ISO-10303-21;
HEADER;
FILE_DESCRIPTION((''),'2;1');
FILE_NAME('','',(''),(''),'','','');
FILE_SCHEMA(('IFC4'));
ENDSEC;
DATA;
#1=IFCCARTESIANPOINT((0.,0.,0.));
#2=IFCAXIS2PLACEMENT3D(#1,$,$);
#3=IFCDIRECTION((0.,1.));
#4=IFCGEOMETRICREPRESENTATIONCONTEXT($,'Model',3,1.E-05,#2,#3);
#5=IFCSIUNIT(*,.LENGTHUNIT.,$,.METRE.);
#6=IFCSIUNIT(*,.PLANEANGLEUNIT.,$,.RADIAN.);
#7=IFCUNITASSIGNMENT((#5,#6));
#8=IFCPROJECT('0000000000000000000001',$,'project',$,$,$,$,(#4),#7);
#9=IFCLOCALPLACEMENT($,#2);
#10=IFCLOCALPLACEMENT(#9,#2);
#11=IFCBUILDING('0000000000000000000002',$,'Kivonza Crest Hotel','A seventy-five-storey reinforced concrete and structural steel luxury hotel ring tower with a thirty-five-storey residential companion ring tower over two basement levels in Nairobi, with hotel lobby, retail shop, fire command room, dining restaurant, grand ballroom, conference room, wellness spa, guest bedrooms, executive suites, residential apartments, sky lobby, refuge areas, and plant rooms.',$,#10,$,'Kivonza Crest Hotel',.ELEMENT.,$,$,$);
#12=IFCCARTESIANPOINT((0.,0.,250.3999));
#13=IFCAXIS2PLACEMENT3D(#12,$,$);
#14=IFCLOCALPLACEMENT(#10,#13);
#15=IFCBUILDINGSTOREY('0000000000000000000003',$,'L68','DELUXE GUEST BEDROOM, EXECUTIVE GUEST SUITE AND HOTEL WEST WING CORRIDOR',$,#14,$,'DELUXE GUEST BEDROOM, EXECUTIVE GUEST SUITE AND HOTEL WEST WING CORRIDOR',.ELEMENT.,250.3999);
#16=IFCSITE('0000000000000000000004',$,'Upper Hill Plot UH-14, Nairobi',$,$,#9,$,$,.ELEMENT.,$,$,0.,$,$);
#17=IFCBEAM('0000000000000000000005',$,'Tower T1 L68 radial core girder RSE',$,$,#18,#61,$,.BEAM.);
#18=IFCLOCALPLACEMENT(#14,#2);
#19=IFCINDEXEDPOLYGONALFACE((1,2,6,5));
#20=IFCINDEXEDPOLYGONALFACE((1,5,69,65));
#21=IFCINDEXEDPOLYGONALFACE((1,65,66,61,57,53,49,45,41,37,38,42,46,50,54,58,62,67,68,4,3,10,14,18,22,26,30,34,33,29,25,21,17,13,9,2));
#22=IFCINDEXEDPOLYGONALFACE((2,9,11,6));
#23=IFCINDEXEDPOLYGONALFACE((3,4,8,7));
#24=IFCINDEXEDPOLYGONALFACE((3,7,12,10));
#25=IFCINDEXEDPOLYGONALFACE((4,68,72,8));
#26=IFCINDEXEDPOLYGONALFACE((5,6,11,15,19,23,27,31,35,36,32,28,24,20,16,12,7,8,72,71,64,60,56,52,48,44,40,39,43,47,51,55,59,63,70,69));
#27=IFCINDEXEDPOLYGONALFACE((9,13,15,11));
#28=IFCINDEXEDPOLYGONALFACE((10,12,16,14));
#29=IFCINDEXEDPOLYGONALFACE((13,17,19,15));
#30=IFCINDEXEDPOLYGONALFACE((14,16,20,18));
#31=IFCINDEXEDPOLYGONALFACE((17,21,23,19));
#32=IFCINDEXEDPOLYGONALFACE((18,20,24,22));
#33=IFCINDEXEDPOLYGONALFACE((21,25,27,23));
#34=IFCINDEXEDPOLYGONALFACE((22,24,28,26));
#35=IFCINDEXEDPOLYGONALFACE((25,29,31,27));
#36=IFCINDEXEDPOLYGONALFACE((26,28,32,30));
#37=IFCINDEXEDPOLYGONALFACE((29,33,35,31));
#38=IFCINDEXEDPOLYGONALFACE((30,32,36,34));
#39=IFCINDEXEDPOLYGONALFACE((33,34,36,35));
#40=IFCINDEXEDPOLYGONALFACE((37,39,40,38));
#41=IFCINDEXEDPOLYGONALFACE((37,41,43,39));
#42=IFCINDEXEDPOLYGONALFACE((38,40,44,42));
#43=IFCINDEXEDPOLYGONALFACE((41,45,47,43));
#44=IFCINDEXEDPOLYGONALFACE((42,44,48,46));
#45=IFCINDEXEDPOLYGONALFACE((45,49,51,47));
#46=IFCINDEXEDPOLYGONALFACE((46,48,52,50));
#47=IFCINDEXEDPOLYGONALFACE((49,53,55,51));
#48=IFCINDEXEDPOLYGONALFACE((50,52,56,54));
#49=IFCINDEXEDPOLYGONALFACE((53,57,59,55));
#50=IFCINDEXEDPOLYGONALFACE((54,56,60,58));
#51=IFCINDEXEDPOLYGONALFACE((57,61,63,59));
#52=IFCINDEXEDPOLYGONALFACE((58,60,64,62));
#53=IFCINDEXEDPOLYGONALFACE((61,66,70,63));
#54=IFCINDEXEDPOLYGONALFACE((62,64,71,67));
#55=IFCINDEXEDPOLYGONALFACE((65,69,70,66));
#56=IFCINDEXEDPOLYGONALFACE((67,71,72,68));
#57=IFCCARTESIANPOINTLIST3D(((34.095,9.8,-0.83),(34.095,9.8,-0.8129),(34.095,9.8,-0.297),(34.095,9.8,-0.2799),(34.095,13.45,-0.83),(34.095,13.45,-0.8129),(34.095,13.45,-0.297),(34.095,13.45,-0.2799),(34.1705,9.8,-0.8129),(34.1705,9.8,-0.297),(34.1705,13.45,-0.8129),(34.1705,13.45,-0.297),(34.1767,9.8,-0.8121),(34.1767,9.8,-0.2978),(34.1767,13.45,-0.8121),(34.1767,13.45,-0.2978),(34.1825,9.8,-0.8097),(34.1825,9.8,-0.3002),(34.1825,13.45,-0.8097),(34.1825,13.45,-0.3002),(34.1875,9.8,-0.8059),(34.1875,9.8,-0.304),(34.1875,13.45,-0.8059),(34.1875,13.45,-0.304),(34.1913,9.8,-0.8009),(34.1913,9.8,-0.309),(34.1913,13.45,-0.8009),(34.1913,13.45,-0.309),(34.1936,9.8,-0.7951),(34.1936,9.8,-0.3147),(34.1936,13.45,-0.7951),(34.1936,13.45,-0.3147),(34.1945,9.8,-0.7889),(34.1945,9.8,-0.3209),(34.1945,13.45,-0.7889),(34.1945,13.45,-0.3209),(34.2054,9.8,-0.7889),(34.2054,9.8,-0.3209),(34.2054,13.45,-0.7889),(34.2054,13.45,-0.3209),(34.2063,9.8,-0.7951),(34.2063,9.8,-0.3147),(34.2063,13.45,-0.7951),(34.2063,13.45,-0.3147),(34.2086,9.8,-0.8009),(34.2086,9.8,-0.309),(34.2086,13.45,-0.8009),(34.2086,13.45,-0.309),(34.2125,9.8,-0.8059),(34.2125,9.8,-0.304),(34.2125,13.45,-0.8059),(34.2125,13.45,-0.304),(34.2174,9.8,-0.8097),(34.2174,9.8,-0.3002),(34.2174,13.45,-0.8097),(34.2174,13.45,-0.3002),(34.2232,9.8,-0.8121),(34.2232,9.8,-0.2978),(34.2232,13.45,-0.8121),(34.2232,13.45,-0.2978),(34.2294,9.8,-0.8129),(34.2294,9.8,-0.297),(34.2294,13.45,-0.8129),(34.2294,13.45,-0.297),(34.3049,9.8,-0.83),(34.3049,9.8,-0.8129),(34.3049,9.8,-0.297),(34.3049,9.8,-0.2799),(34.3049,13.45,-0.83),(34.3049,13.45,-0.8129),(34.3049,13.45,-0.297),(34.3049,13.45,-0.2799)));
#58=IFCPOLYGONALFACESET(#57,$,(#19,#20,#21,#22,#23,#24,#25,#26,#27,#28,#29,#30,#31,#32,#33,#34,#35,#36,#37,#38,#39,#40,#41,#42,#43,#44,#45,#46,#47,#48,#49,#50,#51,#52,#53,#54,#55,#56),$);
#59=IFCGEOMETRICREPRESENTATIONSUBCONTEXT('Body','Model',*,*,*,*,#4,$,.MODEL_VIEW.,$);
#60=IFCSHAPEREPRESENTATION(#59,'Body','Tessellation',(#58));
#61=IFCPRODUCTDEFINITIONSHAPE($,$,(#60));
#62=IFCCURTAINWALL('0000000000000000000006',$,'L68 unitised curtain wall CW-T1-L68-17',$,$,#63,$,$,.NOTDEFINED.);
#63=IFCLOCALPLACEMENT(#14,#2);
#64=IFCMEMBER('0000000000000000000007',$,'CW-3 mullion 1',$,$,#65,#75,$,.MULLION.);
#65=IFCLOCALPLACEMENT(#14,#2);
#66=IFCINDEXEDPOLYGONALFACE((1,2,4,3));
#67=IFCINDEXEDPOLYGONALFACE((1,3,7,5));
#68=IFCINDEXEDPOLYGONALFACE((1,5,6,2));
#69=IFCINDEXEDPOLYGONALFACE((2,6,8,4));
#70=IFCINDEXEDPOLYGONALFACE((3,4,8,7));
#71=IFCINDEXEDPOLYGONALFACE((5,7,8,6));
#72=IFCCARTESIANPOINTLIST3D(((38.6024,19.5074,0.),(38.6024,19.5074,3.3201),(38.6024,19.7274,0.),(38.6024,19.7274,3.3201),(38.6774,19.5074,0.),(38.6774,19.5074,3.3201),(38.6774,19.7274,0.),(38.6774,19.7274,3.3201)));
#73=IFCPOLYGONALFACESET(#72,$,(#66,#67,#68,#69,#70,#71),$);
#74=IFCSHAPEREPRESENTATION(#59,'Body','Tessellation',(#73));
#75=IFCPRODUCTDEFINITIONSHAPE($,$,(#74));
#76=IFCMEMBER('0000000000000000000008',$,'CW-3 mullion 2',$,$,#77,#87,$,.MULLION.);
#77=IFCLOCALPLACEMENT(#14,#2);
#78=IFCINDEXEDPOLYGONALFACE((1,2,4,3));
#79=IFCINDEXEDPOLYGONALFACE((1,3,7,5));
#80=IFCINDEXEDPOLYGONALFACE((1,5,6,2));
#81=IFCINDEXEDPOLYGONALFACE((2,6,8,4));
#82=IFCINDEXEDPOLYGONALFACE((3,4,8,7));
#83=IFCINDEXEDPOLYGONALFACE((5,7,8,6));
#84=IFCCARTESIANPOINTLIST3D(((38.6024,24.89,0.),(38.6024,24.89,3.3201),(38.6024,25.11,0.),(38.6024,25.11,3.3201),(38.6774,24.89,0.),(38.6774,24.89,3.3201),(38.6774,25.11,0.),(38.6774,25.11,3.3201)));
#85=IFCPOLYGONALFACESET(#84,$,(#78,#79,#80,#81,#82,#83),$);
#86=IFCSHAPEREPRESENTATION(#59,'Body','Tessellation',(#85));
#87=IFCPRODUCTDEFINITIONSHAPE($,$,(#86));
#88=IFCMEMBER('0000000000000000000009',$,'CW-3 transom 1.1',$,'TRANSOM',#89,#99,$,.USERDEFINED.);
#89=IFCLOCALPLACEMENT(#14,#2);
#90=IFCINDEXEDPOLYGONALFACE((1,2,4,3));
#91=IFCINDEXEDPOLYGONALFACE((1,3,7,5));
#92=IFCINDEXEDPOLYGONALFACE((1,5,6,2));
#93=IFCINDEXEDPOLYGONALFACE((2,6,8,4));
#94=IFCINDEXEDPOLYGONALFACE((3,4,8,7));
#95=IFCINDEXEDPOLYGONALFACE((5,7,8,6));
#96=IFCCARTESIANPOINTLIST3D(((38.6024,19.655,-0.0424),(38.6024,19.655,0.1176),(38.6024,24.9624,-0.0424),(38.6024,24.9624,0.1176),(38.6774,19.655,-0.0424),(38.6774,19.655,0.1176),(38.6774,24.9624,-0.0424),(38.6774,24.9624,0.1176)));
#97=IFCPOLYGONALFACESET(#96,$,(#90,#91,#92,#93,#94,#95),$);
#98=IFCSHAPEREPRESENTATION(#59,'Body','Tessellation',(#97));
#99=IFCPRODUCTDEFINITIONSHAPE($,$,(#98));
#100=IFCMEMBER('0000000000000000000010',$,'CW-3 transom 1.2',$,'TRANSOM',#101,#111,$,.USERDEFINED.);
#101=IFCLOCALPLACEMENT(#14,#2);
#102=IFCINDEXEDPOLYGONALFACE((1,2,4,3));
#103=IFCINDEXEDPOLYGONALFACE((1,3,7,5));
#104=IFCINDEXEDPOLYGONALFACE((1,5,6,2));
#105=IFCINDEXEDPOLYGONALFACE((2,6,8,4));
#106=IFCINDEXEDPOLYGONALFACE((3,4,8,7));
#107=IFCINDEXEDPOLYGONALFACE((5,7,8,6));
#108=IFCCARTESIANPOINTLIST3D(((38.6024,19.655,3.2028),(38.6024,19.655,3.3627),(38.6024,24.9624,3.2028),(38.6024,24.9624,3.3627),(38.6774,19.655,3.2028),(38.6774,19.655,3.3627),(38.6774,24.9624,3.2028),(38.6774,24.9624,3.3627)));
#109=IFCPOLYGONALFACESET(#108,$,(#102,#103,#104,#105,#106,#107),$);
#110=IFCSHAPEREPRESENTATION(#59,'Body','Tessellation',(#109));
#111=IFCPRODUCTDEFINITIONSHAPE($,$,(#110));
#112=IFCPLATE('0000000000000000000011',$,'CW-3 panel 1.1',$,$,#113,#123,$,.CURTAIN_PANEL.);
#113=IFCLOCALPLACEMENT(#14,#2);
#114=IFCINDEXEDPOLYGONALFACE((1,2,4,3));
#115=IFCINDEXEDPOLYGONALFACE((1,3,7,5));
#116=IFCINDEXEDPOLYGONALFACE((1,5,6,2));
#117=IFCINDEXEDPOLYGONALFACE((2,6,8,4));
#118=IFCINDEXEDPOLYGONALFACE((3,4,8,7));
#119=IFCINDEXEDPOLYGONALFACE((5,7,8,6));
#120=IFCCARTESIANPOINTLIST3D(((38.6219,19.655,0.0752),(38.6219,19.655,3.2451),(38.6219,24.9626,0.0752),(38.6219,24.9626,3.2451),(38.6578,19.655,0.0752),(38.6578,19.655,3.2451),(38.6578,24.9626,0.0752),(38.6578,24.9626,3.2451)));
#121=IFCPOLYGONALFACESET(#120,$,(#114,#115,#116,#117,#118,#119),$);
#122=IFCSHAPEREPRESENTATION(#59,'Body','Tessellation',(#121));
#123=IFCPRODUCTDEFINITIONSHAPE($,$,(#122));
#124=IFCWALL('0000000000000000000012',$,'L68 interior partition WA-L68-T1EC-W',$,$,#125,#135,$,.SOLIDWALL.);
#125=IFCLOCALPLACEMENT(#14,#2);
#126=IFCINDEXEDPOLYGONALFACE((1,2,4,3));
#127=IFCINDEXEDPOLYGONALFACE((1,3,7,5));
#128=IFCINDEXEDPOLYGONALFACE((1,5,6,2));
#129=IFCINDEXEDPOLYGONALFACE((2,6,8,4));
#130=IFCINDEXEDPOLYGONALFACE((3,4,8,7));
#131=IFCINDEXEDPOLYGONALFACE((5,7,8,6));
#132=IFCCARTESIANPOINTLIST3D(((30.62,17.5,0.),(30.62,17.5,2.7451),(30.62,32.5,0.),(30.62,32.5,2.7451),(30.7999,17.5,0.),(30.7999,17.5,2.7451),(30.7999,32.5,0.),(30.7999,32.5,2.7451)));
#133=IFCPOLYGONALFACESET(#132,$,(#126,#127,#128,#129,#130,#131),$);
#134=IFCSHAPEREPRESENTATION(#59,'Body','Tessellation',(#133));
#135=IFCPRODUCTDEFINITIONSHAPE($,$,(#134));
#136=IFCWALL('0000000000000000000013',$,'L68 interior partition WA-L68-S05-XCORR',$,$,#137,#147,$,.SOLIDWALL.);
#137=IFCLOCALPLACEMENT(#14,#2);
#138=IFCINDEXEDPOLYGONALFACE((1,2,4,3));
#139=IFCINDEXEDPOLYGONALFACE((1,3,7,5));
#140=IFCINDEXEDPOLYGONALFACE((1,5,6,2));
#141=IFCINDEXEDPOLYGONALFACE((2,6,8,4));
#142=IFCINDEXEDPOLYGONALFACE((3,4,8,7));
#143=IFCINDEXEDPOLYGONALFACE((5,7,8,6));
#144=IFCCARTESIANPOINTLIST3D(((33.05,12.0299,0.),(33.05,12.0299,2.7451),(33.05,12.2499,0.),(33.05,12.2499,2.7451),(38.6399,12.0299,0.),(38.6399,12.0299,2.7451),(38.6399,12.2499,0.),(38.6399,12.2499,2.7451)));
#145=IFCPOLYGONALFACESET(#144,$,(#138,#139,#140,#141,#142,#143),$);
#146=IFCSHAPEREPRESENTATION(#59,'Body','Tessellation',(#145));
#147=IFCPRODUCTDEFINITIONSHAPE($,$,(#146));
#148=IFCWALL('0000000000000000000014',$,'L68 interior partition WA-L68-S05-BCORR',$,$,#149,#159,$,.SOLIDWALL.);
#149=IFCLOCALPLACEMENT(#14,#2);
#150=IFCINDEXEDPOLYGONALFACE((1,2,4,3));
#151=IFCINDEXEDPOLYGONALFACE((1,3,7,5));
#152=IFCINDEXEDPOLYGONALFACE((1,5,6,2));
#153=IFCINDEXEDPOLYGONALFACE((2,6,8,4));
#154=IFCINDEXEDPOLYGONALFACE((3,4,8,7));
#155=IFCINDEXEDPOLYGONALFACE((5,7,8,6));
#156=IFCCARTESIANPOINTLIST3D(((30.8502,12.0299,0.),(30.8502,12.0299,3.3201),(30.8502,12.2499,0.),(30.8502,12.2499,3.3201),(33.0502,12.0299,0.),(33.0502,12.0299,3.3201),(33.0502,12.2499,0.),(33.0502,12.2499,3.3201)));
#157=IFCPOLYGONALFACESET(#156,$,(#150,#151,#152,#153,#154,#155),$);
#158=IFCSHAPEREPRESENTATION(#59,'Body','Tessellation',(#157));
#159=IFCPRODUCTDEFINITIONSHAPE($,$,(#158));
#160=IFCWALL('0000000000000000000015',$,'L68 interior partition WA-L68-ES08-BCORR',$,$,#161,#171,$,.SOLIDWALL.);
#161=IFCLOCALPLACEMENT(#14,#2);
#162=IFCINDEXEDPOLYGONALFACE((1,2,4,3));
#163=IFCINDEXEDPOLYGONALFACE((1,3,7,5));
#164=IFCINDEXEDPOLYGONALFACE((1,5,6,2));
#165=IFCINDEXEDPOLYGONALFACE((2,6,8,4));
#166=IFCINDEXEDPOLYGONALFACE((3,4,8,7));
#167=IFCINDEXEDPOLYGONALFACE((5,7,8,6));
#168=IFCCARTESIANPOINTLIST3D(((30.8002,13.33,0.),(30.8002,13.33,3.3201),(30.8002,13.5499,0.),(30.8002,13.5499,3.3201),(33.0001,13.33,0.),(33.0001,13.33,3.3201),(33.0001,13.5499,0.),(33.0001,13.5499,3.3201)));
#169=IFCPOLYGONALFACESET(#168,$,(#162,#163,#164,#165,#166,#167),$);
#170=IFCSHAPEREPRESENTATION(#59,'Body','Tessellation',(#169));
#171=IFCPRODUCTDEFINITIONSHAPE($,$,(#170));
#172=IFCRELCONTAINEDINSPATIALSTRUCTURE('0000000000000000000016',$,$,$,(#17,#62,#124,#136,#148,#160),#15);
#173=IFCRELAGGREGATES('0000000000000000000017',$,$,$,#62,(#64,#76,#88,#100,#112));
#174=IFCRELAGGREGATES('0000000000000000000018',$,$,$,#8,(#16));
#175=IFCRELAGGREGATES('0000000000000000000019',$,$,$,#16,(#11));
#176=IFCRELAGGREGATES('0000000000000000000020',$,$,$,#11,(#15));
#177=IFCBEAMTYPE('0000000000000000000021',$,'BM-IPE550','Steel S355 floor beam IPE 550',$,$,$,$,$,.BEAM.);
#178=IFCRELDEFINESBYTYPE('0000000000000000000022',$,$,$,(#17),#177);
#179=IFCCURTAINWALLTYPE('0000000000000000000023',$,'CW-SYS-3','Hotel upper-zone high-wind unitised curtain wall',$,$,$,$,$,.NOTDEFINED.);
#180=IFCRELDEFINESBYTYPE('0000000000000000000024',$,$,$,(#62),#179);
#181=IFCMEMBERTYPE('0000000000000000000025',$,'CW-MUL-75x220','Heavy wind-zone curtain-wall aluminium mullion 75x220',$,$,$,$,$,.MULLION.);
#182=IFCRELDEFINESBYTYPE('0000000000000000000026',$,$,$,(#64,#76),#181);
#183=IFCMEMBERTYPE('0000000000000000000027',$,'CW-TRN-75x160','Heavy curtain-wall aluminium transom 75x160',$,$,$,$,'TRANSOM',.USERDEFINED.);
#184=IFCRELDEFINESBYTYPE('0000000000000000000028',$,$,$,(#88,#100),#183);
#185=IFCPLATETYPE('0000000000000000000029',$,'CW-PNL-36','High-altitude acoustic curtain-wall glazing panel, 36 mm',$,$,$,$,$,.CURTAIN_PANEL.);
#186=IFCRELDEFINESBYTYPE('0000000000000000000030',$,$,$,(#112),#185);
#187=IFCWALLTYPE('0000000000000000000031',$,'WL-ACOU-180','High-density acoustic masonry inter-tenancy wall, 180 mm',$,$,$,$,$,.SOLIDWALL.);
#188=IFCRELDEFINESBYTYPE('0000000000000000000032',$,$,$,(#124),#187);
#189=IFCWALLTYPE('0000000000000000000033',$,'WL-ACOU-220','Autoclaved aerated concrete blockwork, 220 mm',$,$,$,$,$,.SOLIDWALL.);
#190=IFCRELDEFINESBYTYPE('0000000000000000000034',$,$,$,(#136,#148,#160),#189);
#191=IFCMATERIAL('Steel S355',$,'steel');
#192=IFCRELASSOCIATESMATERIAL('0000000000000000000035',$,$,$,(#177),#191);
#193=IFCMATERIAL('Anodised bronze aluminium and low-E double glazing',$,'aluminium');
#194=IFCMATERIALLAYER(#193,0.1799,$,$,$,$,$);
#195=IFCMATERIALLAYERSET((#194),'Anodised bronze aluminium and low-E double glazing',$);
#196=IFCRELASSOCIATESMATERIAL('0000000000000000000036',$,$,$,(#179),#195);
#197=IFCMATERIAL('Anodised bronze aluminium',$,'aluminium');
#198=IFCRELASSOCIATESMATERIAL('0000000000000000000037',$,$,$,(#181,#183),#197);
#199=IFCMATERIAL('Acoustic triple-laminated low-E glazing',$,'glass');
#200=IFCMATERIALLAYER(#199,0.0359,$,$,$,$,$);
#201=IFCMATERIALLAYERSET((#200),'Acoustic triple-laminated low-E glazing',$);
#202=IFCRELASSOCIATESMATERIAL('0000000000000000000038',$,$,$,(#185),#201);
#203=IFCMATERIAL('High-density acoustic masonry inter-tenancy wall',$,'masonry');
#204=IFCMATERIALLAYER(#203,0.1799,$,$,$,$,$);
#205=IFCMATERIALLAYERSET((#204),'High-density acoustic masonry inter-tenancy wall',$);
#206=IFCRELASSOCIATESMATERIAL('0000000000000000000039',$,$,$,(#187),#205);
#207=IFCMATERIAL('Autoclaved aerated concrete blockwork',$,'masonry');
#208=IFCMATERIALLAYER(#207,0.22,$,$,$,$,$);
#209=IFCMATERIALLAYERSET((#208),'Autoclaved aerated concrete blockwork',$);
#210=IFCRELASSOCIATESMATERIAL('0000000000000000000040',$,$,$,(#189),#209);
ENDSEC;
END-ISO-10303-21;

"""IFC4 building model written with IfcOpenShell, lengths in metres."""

from ifc_helpers import new_model, si_unit, direction, frame, frame_2d, origin, origin_2d, place, context, subcontext, project, spatial, rectangle, i_section, extrude, material, layer, layer_set, material_profile, profile_set, type_object, element, aggregate, save


model = new_model("IFC4")

# Units and contexts
model_context = context("Model", 3, precision=1e-05, world=origin(), true_north=direction((0.0, 1.0)))
body_context = subcontext(model_context, "Body", "Model", "MODEL_VIEW")
ifc_project = project(units=[si_unit("LENGTHUNIT", "METRE"), si_unit("PLANEANGLEUNIT", "RADIAN")], contexts=[model_context])

# Site, building, storey
site_placement = place(None, origin())
site = spatial("IfcSite", under=ifc_project, at=site_placement, Name="Upper Hill Plot UH-14, Nairobi", CompositionType="ELEMENT", RefElevation=0.0)
building_placement = place(site_placement, origin())
building = spatial("IfcBuilding", under=site, at=building_placement, Name="Kivonza Crest Hotel", Description="A seventy-five-storey reinforced concrete and structural steel luxury hotel ring tower with a thirty-five-storey residential companion ring tower over two basement levels in Nairobi, with hotel lobby, retail shop, fire command room, dining restaurant, grand ballroom, conference room, wellness spa, guest bedrooms, executive suites, residential apartments, sky lobby, refuge areas, and plant rooms.", LongName="Kivonza Crest Hotel", CompositionType="ELEMENT")
storey_placement = place(building_placement, frame((0.0, 0.0, 250.3999)))
storey = spatial("IfcBuildingStorey", under=building, at=storey_placement, Name="L68", Description="DELUXE GUEST BEDROOM, EXECUTIVE GUEST SUITE AND HOTEL WEST WING CORRIDOR", LongName="DELUXE GUEST BEDROOM, EXECUTIVE GUEST SUITE AND HOTEL WEST WING CORRIDOR", CompositionType="ELEMENT", Elevation=250.3999)

# Beam
ifc_material_1 = material(Name="Steel S355", Category="steel")
ifc_material_profile_1 = material_profile(ifc_material_1, i_section(OverallWidth=0.21, OverallDepth=0.55, WebThickness=0.011, FlangeThickness=0.0171, FilletRadius=0.0239, at=origin_2d()), Name="IPE 550")
ifc_profile_set_1 = profile_set([ifc_material_profile_1], Name="Steel S355")
beam_type_1 = type_object("IfcBeamType", Name="BM-IPE550", Description="Steel S355 floor beam IPE 550", PredefinedType="BEAM", material=ifc_profile_set_1)
beam_1_placement = place(storey_placement, frame((34.2, 9.8, -0.5549), z_axis=(0.0, 1.0, 0.0), x_axis=(-1.0, 0.0, 0.0)))
element("IfcBeam", 1, at=beam_1_placement, inside=storey, type_object=beam_type_1, Name="Tower T1 L68 radial core girder RSE", PredefinedType="BEAM", context=body_context, shape_type="SweptSolid", body=[
    extrude(i_section(OverallWidth=0.21, OverallDepth=0.55, WebThickness=0.011, FlangeThickness=0.0171, FilletRadius=0.0239, at=origin_2d()), origin(), (0.0, 0.0, 1.0), 3.6499),
])

# Curtain wall, members, plate
ifc_material_2 = material(Name="Anodised bronze aluminium and low-E double glazing", Category="aluminium")
ifc_layer_1 = layer(ifc_material_2, 0.1799)
ifc_layer_set_1 = layer_set([ifc_layer_1], Name="Anodised bronze aluminium and low-E double glazing")
curtain_wall_type = type_object("IfcCurtainWallType", Name="CW-SYS-3", Description="Hotel upper-zone high-wind unitised curtain wall", PredefinedType="NOTDEFINED", material=ifc_layer_set_1)
curtain_wall_placement = place(storey_placement, origin())
curtain_wall = element("IfcCurtainWall", 2, at=curtain_wall_placement, inside=storey, type_object=curtain_wall_type, Name="L68 unitised curtain wall CW-T1-L68-17", PredefinedType="NOTDEFINED")
ifc_material_3 = material(Name="Anodised bronze aluminium", Category="aluminium")
ifc_material_profile_2 = material_profile(ifc_material_3, rectangle(XDim=0.075, YDim=0.22, at=origin_2d()), Name="CW-M 75x220")
ifc_profile_set_2 = profile_set([ifc_material_profile_2], Name="Anodised bronze aluminium")
member_type_1 = type_object("IfcMemberType", Name="CW-MUL-75x220", Description="Heavy wind-zone curtain-wall aluminium mullion 75x220", PredefinedType="MULLION", material=ifc_profile_set_2)
member_1_placement = place(storey_placement, frame((38.6399, 19.6174, 0.0), z_axis=(0.0, 0.0, 1.0), x_axis=(-1.0, 0.0, 0.0)))
member_1 = element("IfcMember", 3, at=member_1_placement, type_object=member_type_1, Name="CW-3 mullion 1", PredefinedType="MULLION", context=body_context, shape_type="SweptSolid", body=[
    extrude(rectangle(XDim=0.075, YDim=0.22, at=origin_2d()), origin(), (0.0, 0.0, 1.0), 3.3201),
])
member_2_placement = place(storey_placement, frame((38.6399, 25.0, 0.0), z_axis=(0.0, 0.0, 1.0), x_axis=(-1.0, 0.0, 0.0)))
member_2 = element("IfcMember", 4, at=member_2_placement, type_object=member_type_1, Name="CW-3 mullion 2", PredefinedType="MULLION", context=body_context, shape_type="SweptSolid", body=[
    extrude(rectangle(XDim=0.075, YDim=0.22, at=origin_2d()), origin(), (0.0, 0.0, 1.0), 3.3201),
])
ifc_material_profile_3 = material_profile(ifc_material_3, rectangle(XDim=0.075, YDim=0.1599, at=origin_2d()), Name="CW-T 75x160")
ifc_profile_set_3 = profile_set([ifc_material_profile_3], Name="Anodised bronze aluminium")
member_type_2 = type_object("IfcMemberType", Name="CW-TRN-75x160", Description="Heavy curtain-wall aluminium transom 75x160", ElementType="TRANSOM", PredefinedType="USERDEFINED", material=ifc_profile_set_3)
member_3_placement = place(storey_placement, frame((38.6399, 19.655, 0.0376), z_axis=(0.0, 1.0, 0.0), x_axis=(-1.0, 0.0, 0.0)))
member_3 = element("IfcMember", 5, at=member_3_placement, type_object=member_type_2, Name="CW-3 transom 1.1", ObjectType="TRANSOM", PredefinedType="USERDEFINED", context=body_context, shape_type="SweptSolid", body=[
    extrude(rectangle(XDim=0.075, YDim=0.1599, at=origin_2d()), origin(), (0.0, 0.0, 1.0), 5.3074),
])
member_4_placement = place(storey_placement, frame((38.6399, 19.655, 3.2827), z_axis=(0.0, 1.0, 0.0), x_axis=(-1.0, 0.0, 0.0)))
member_4 = element("IfcMember", 6, at=member_4_placement, type_object=member_type_2, Name="CW-3 transom 1.2", ObjectType="TRANSOM", PredefinedType="USERDEFINED", context=body_context, shape_type="SweptSolid", body=[
    extrude(rectangle(XDim=0.075, YDim=0.1599, at=origin_2d()), origin(), (0.0, 0.0, 1.0), 5.3074),
])
ifc_material_4 = material(Name="Acoustic triple-laminated low-E glazing", Category="glass")
ifc_layer_2 = layer(ifc_material_4, 0.0359)
ifc_layer_set_2 = layer_set([ifc_layer_2], Name="Acoustic triple-laminated low-E glazing")
plate_type = type_object("IfcPlateType", Name="CW-PNL-36", Description="High-altitude acoustic curtain-wall glazing panel, 36 mm", PredefinedType="CURTAIN_PANEL", material=ifc_layer_set_2)
plate_placement = place(storey_placement, frame((38.6399, 22.3088, 0.0752), z_axis=(0.0, 0.0, 1.0), x_axis=(0.0, 1.0, 0.0)))
plate = element("IfcPlate", 7, at=plate_placement, type_object=plate_type, Name="CW-3 panel 1.1", PredefinedType="CURTAIN_PANEL", context=body_context, shape_type="SweptSolid", body=[
    extrude(rectangle(XDim=5.3076, YDim=0.0359, at=origin_2d()), origin(), (0.0, 0.0, 1.0), 3.1699),
])
aggregate(curtain_wall, [member_1, member_2, member_3, member_4, plate])

# Walls
ifc_material_5 = material(Name="High-density acoustic masonry inter-tenancy wall", Category="masonry")
ifc_layer_3 = layer(ifc_material_5, 0.1799)
ifc_layer_set_3 = layer_set([ifc_layer_3], Name="High-density acoustic masonry inter-tenancy wall")
wall_type_1 = type_object("IfcWallType", Name="WL-ACOU-180", Description="High-density acoustic masonry inter-tenancy wall, 180 mm", PredefinedType="SOLIDWALL", material=ifc_layer_set_3)
wall_1_placement = place(storey_placement, frame((30.71, 17.5, 0.0), z_axis=(0.0, 0.0, 1.0), x_axis=(0.0, 1.0, 0.0)))
element("IfcWall", 8, at=wall_1_placement, inside=storey, type_object=wall_type_1, Name="L68 interior partition WA-L68-T1EC-W", PredefinedType="SOLIDWALL", context=body_context, shape_type="SweptSolid", body=[
    extrude(rectangle(XDim=15.0, YDim=0.1799, at=frame_2d((7.5, 0.0))), origin(), (0.0, 0.0, 1.0), 2.7451),
])
ifc_material_6 = material(Name="Autoclaved aerated concrete blockwork", Category="masonry")
ifc_layer_4 = layer(ifc_material_6, 0.22)
ifc_layer_set_4 = layer_set([ifc_layer_4], Name="Autoclaved aerated concrete blockwork")
wall_type_2 = type_object("IfcWallType", Name="WL-ACOU-220", Description="Autoclaved aerated concrete blockwork, 220 mm", PredefinedType="SOLIDWALL", material=ifc_layer_set_4)
wall_2_placement = place(storey_placement, frame((33.05, 12.1399, 0.0), z_axis=(0.0, 0.0, 1.0), x_axis=(1.0, 0.0, 0.0)))
element("IfcWall", 9, at=wall_2_placement, inside=storey, type_object=wall_type_2, Name="L68 interior partition WA-L68-S05-XCORR", PredefinedType="SOLIDWALL", context=body_context, shape_type="SweptSolid", body=[
    extrude(rectangle(XDim=5.5898, YDim=0.22, at=frame_2d((2.7949, 0.0))), origin(), (0.0, 0.0, 1.0), 2.7451),
])
for number, where, z_axis, x_axis, name in (
    (10, (30.8501, 12.1399, 0.0), (0.0, 0.0, 1.0), (1.0, 0.0, 0.0), "L68 interior partition WA-L68-S05-BCORR"),
    (11, (30.8, 13.4399, 0.0), (0.0, 0.0, 1.0), (1.0, 0.0, 0.0), "L68 interior partition WA-L68-ES08-BCORR"),
):
    element("IfcWall", number, at=place(storey_placement, frame(where, z_axis=z_axis, x_axis=x_axis)), inside=storey, type_object=wall_type_2, Name=name, PredefinedType="SOLIDWALL", context=body_context, shape_type="SweptSolid", body=[
        extrude(rectangle(XDim=2.2, YDim=0.22, at=frame_2d((1.1001, 0.0))), origin(), (0.0, 0.0, 1.0), 3.3201),
    ])

save(model, "model.ifc")
